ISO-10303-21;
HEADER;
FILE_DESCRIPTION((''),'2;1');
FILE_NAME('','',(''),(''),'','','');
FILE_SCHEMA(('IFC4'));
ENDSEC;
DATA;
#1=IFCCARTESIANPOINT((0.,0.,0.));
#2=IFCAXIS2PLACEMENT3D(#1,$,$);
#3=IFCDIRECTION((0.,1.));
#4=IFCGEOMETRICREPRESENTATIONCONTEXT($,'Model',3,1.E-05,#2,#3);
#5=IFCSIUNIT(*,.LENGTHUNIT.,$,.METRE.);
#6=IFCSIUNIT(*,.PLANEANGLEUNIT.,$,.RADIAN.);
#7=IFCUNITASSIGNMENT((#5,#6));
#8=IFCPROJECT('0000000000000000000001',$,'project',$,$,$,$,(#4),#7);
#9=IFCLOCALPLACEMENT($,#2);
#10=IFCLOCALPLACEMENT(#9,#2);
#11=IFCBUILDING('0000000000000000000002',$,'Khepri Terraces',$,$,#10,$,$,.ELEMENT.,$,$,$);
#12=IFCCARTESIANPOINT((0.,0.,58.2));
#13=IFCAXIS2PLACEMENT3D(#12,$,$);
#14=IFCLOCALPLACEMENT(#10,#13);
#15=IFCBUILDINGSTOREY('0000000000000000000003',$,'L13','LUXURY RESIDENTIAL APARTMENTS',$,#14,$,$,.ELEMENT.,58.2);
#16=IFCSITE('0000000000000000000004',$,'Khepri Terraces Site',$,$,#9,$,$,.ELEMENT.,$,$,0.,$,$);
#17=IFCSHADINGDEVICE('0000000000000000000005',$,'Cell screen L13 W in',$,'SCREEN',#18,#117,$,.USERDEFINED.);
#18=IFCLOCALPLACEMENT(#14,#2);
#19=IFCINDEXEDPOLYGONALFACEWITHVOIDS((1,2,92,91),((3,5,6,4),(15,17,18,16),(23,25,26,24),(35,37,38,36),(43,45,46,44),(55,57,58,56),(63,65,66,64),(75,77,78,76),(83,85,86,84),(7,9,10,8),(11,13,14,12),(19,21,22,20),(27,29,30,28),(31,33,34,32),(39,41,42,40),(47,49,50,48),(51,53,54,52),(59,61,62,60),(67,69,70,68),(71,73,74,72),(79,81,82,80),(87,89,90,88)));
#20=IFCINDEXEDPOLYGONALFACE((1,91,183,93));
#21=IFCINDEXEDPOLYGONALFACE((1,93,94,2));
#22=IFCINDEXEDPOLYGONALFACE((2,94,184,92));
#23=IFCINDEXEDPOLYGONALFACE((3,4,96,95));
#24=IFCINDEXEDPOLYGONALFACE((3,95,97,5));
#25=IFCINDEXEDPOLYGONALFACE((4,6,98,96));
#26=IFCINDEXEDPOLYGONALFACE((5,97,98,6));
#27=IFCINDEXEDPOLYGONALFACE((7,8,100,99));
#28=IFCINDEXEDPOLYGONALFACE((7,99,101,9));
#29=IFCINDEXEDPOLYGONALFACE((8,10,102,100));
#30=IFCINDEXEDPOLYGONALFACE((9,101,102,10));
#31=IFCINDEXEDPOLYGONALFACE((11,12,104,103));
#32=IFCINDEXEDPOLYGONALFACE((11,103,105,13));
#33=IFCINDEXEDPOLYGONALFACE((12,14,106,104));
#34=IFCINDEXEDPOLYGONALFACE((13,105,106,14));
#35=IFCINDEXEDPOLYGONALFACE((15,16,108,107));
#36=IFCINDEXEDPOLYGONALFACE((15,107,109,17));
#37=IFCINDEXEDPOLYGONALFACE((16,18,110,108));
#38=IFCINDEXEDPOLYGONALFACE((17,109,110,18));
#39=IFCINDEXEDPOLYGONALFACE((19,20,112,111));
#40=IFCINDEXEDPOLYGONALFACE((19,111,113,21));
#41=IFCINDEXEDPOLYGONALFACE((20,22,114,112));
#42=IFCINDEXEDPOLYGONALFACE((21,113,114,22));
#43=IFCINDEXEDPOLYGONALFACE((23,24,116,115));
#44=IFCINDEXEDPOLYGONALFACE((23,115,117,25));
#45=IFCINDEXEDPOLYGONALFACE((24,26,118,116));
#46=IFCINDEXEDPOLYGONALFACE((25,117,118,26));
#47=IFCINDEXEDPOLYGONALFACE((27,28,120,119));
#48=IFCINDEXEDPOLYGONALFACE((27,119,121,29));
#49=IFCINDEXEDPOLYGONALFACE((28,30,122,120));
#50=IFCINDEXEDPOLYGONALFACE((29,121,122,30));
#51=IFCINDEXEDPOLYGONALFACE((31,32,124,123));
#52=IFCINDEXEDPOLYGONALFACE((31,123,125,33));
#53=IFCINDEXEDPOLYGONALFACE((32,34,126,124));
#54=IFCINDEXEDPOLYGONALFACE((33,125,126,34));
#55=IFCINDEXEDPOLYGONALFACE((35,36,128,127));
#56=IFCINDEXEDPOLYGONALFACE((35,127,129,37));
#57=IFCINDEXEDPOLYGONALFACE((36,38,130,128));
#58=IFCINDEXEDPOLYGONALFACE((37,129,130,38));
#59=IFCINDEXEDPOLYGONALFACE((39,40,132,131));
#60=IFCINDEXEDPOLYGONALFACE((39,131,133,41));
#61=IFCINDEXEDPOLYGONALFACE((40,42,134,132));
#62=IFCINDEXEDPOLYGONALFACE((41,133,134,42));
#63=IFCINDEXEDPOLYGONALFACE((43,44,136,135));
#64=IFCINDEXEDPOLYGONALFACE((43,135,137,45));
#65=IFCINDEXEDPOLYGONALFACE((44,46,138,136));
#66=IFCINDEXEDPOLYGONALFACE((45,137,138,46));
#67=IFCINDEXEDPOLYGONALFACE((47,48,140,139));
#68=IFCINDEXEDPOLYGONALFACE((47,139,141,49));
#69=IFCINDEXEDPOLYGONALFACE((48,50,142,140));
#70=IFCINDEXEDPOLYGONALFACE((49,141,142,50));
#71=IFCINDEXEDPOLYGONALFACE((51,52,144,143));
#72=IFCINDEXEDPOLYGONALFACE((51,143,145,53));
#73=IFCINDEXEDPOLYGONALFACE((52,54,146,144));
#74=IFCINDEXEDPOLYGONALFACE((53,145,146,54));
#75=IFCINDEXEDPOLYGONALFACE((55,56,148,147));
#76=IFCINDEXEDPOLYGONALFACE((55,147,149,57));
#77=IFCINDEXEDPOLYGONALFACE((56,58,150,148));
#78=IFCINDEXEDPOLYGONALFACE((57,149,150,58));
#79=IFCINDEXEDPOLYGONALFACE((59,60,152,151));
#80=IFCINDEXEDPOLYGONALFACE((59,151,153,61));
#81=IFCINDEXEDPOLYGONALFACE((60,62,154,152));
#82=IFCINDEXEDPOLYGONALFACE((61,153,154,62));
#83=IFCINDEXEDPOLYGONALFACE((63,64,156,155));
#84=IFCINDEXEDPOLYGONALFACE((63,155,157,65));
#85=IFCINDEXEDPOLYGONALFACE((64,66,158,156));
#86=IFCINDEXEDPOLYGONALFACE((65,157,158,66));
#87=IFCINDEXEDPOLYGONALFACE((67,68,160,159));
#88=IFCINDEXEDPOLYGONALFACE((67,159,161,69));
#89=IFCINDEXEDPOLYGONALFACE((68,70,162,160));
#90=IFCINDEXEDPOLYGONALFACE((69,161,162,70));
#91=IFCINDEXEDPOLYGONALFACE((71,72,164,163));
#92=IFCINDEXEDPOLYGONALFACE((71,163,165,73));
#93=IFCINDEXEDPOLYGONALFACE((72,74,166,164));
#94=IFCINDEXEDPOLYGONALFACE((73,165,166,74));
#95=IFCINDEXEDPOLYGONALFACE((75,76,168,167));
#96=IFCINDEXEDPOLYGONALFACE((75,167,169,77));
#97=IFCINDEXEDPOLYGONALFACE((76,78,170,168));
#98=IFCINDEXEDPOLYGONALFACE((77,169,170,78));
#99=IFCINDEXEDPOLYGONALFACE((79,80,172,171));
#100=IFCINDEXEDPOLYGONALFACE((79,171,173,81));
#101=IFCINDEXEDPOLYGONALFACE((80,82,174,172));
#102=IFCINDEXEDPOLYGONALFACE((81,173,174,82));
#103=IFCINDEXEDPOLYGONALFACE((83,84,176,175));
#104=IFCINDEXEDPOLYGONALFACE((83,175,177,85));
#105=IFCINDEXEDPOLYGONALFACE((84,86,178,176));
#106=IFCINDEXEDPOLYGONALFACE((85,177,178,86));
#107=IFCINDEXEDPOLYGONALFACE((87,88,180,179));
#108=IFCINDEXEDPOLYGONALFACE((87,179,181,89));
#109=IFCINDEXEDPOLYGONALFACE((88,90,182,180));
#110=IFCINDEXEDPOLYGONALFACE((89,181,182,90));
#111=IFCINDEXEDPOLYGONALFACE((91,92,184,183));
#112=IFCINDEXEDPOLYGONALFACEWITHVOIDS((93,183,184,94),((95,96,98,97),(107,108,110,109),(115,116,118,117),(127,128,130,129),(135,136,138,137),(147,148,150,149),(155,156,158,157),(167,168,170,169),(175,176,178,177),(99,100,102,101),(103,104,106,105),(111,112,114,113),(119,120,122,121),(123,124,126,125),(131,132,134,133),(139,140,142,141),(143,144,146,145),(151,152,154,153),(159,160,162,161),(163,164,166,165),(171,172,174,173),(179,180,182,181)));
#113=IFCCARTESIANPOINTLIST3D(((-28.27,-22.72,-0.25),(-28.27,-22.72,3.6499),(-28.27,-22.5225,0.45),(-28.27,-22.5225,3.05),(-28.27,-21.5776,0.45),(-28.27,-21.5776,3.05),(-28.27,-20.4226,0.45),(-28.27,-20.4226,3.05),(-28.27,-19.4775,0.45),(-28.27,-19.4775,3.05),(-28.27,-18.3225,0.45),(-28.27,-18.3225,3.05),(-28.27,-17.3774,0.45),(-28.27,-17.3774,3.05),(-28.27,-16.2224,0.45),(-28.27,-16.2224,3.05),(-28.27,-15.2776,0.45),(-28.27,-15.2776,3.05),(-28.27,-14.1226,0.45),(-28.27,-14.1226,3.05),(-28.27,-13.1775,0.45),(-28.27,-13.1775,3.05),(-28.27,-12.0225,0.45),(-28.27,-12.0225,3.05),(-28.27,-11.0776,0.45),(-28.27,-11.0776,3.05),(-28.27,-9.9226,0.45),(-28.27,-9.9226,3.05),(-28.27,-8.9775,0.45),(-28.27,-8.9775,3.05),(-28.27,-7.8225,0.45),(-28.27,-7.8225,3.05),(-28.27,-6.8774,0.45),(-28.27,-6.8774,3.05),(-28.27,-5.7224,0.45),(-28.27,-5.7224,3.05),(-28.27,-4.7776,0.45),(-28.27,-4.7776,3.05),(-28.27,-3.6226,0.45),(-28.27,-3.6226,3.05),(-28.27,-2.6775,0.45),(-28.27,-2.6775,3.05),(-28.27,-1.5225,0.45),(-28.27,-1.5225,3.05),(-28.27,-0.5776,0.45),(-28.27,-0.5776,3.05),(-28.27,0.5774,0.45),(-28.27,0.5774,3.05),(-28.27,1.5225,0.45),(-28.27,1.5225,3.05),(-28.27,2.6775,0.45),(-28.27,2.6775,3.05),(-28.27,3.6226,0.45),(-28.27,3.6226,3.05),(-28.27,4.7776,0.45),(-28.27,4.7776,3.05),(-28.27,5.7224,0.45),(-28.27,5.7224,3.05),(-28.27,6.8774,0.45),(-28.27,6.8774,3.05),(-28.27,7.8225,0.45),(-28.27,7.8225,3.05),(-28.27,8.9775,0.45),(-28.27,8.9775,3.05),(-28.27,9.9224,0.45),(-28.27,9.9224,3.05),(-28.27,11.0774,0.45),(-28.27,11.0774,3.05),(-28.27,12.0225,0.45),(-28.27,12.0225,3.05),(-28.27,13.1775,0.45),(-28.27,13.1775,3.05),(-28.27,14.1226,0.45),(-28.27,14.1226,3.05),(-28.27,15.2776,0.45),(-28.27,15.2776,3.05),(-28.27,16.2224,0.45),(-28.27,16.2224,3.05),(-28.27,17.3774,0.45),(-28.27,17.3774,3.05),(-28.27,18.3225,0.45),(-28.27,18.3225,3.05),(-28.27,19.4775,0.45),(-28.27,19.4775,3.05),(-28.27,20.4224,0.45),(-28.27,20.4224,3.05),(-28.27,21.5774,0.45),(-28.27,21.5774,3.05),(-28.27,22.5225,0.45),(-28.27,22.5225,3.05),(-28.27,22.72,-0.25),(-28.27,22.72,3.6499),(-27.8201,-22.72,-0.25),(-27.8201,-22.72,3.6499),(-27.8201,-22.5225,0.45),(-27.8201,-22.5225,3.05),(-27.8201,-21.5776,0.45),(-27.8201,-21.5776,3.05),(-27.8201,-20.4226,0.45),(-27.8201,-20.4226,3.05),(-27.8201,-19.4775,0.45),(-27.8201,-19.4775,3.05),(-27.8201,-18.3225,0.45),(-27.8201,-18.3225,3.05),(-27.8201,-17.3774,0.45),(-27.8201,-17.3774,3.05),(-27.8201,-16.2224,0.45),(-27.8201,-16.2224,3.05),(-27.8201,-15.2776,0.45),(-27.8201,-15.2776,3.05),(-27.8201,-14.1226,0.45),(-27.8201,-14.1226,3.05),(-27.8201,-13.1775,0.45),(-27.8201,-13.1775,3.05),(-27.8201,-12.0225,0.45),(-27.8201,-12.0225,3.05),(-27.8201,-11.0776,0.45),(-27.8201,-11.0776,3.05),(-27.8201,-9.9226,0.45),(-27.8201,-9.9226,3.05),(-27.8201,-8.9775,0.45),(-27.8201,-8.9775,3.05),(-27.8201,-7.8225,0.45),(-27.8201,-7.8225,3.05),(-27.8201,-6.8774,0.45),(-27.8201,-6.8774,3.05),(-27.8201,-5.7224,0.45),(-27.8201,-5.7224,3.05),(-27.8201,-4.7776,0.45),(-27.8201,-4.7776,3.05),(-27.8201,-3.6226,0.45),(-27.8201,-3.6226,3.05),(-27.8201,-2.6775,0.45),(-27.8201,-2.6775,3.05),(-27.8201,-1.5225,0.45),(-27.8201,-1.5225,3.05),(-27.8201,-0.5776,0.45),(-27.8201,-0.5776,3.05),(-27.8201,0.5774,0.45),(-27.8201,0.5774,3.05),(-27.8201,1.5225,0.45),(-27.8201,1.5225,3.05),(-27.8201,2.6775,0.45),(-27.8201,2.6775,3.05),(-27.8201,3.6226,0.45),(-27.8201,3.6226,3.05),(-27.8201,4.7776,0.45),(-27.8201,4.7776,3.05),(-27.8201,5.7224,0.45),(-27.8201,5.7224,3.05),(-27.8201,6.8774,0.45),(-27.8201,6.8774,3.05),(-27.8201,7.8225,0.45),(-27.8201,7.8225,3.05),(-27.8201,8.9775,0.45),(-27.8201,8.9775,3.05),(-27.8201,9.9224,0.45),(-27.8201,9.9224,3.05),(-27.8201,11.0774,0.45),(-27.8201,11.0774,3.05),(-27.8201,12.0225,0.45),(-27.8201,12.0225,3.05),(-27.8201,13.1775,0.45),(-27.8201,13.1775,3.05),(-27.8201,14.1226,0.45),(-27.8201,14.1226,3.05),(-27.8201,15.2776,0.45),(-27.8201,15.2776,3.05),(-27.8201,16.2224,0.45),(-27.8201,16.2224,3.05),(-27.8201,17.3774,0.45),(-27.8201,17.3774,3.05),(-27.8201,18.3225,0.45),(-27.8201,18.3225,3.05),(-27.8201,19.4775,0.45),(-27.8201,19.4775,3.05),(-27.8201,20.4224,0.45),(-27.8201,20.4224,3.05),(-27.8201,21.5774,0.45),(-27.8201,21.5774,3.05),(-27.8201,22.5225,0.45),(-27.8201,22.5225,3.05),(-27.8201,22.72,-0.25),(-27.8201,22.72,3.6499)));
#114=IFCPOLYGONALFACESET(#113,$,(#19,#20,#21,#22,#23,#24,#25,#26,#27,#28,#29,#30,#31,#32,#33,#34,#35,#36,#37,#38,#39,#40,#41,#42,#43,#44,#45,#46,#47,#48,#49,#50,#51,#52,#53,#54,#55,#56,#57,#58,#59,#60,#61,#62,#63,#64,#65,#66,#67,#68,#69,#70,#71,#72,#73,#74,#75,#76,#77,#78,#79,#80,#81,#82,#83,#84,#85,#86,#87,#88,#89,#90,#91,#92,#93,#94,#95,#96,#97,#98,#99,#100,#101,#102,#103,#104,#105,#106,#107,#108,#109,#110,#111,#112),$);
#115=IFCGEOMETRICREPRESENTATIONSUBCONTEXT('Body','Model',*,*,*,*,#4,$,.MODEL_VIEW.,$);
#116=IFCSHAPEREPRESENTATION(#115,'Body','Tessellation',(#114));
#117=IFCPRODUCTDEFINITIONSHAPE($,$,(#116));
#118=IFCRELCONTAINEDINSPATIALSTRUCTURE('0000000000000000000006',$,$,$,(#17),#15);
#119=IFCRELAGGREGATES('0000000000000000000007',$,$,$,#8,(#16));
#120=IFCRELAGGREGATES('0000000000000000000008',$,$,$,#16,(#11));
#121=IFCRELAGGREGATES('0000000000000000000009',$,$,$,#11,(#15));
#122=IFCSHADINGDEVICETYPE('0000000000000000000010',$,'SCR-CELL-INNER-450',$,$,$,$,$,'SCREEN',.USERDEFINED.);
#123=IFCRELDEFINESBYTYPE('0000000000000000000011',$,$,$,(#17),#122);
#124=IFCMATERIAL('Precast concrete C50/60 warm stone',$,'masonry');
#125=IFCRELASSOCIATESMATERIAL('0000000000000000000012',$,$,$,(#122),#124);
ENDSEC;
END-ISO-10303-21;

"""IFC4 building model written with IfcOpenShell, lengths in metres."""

from ifc_helpers import new_model, si_unit, direction, frame, origin, place, context, subcontext, project, spatial, polyline, outline, extrude, material, type_object, element, save


model = new_model("IFC4")

# Units and contexts
model_context = context("Model", 3, precision=1e-05, world=origin(), true_north=direction((0.0, 1.0)))
body_context = subcontext(model_context, "Body", "Model", "MODEL_VIEW")
ifc_project = project(units=[si_unit("LENGTHUNIT", "METRE"), si_unit("PLANEANGLEUNIT", "RADIAN")], contexts=[model_context])

# Site, building, storey
site_placement = place(None, origin())
site = spatial("IfcSite", under=ifc_project, at=site_placement, Name="Khepri Terraces Site", CompositionType="ELEMENT", RefElevation=0.0)
building_placement = place(site_placement, origin())
building = spatial("IfcBuilding", under=site, at=building_placement, Name="Khepri Terraces", CompositionType="ELEMENT")
storey_placement = place(building_placement, frame((0.0, 0.0, 58.2)))
storey = spatial("IfcBuildingStorey", under=building, at=storey_placement, Name="L13", Description="LUXURY RESIDENTIAL APARTMENTS", CompositionType="ELEMENT", Elevation=58.2)

# Shared definitions
ifc_material_1 = material(Name="Precast concrete C50/60 warm stone", Category="masonry")

# Shading device
shading_device_type_1 = type_object("IfcShadingDeviceType", Name="SCR-CELL-INNER-450", ElementType="SCREEN", PredefinedType="USERDEFINED", material=ifc_material_1)
shading_device_1_placement = place(storey_placement, frame((-27.8201, 22.72, -0.25), z_axis=(-1.0, 0.0, 0.0), x_axis=(0.0, -1.0, 0.0)))
element("IfcShadingDevice", 1, at=shading_device_1_placement, inside=storey, type_object=shading_device_type_1, Name="Cell screen L13 W in", ObjectType="SCREEN", PredefinedType="USERDEFINED", context=body_context, shape_type="SweptSolid", body=[
    extrude(outline(polyline([(0.0, 0.0), (45.4399, 0.0), (45.4399, 3.8999), (0.0, 3.8999), (0.0, 0.0)]), holes=[polyline([(0.1975, 0.7), (1.1426, 0.7), (1.1426, 3.3), (0.1975, 3.3), (0.1975, 0.7)]), polyline([(2.2976, 0.7), (3.2424, 0.7), (3.2424, 3.3), (2.2976, 3.3), (2.2976, 0.7)]), polyline([(4.3975, 0.7), (5.3425, 0.7), (5.3425, 3.3), (4.3975, 3.3), (4.3975, 0.7)]), polyline([(6.4976, 0.7), (7.4424, 0.7), (7.4424, 3.3), (6.4976, 3.3), (6.4976, 0.7)]), polyline([(8.5974, 0.7), (9.5425, 0.7), (9.5425, 3.3), (8.5974, 3.3), (8.5974, 0.7)]), polyline([(10.6975, 0.7), (11.6426, 0.7), (11.6426, 3.3), (10.6975, 3.3), (10.6975, 0.7)]), polyline([(12.7976, 0.7), (13.7424, 0.7), (13.7424, 3.3), (12.7976, 3.3), (12.7976, 0.7)]), polyline([(14.8975, 0.7), (15.8425, 0.7), (15.8425, 3.3), (14.8975, 3.3), (14.8975, 0.7)]), polyline([(16.9976, 0.7), (17.9424, 0.7), (17.9424, 3.3), (16.9976, 3.3), (16.9976, 0.7)]), polyline([(19.0974, 0.7), (20.0425, 0.7), (20.0425, 3.3), (19.0974, 3.3), (19.0974, 0.7)]), polyline([(21.1975, 0.7), (22.1426, 0.7), (22.1426, 3.3), (21.1975, 3.3), (21.1975, 0.7)]), polyline([(23.2976, 0.7), (24.2424, 0.7), (24.2424, 3.3), (23.2976, 3.3), (23.2976, 0.7)]), polyline([(25.3975, 0.7), (26.3425, 0.7), (26.3425, 3.3), (25.3975, 3.3), (25.3975, 0.7)]), polyline([(27.4976, 0.7), (28.4424, 0.7), (28.4424, 3.3), (27.4976, 3.3), (27.4976, 0.7)]), polyline([(29.5974, 0.7), (30.5425, 0.7), (30.5425, 3.3), (29.5974, 3.3), (29.5974, 0.7)]), polyline([(31.6975, 0.7), (32.6426, 0.7), (32.6426, 3.3), (31.6975, 3.3), (31.6975, 0.7)]), polyline([(33.7976, 0.7), (34.7424, 0.7), (34.7424, 3.3), (33.7976, 3.3), (33.7976, 0.7)]), polyline([(35.8975, 0.7), (36.8425, 0.7), (36.8425, 3.3), (35.8975, 3.3), (35.8975, 0.7)]), polyline([(37.9976, 0.7), (38.9424, 0.7), (38.9424, 3.3), (37.9976, 3.3), (37.9976, 0.7)]), polyline([(40.0974, 0.7), (41.0425, 0.7), (41.0425, 3.3), (40.0974, 3.3), (40.0974, 0.7)]), polyline([(42.1975, 0.7), (43.1426, 0.7), (43.1426, 3.3), (42.1975, 3.3), (42.1975, 0.7)]), polyline([(44.2976, 0.7), (45.2424, 0.7), (45.2424, 3.3), (44.2976, 3.3), (44.2976, 0.7)])]), origin(), (0.0, 0.0, 1.0), 0.45),
])

save(model, "model.ifc")
